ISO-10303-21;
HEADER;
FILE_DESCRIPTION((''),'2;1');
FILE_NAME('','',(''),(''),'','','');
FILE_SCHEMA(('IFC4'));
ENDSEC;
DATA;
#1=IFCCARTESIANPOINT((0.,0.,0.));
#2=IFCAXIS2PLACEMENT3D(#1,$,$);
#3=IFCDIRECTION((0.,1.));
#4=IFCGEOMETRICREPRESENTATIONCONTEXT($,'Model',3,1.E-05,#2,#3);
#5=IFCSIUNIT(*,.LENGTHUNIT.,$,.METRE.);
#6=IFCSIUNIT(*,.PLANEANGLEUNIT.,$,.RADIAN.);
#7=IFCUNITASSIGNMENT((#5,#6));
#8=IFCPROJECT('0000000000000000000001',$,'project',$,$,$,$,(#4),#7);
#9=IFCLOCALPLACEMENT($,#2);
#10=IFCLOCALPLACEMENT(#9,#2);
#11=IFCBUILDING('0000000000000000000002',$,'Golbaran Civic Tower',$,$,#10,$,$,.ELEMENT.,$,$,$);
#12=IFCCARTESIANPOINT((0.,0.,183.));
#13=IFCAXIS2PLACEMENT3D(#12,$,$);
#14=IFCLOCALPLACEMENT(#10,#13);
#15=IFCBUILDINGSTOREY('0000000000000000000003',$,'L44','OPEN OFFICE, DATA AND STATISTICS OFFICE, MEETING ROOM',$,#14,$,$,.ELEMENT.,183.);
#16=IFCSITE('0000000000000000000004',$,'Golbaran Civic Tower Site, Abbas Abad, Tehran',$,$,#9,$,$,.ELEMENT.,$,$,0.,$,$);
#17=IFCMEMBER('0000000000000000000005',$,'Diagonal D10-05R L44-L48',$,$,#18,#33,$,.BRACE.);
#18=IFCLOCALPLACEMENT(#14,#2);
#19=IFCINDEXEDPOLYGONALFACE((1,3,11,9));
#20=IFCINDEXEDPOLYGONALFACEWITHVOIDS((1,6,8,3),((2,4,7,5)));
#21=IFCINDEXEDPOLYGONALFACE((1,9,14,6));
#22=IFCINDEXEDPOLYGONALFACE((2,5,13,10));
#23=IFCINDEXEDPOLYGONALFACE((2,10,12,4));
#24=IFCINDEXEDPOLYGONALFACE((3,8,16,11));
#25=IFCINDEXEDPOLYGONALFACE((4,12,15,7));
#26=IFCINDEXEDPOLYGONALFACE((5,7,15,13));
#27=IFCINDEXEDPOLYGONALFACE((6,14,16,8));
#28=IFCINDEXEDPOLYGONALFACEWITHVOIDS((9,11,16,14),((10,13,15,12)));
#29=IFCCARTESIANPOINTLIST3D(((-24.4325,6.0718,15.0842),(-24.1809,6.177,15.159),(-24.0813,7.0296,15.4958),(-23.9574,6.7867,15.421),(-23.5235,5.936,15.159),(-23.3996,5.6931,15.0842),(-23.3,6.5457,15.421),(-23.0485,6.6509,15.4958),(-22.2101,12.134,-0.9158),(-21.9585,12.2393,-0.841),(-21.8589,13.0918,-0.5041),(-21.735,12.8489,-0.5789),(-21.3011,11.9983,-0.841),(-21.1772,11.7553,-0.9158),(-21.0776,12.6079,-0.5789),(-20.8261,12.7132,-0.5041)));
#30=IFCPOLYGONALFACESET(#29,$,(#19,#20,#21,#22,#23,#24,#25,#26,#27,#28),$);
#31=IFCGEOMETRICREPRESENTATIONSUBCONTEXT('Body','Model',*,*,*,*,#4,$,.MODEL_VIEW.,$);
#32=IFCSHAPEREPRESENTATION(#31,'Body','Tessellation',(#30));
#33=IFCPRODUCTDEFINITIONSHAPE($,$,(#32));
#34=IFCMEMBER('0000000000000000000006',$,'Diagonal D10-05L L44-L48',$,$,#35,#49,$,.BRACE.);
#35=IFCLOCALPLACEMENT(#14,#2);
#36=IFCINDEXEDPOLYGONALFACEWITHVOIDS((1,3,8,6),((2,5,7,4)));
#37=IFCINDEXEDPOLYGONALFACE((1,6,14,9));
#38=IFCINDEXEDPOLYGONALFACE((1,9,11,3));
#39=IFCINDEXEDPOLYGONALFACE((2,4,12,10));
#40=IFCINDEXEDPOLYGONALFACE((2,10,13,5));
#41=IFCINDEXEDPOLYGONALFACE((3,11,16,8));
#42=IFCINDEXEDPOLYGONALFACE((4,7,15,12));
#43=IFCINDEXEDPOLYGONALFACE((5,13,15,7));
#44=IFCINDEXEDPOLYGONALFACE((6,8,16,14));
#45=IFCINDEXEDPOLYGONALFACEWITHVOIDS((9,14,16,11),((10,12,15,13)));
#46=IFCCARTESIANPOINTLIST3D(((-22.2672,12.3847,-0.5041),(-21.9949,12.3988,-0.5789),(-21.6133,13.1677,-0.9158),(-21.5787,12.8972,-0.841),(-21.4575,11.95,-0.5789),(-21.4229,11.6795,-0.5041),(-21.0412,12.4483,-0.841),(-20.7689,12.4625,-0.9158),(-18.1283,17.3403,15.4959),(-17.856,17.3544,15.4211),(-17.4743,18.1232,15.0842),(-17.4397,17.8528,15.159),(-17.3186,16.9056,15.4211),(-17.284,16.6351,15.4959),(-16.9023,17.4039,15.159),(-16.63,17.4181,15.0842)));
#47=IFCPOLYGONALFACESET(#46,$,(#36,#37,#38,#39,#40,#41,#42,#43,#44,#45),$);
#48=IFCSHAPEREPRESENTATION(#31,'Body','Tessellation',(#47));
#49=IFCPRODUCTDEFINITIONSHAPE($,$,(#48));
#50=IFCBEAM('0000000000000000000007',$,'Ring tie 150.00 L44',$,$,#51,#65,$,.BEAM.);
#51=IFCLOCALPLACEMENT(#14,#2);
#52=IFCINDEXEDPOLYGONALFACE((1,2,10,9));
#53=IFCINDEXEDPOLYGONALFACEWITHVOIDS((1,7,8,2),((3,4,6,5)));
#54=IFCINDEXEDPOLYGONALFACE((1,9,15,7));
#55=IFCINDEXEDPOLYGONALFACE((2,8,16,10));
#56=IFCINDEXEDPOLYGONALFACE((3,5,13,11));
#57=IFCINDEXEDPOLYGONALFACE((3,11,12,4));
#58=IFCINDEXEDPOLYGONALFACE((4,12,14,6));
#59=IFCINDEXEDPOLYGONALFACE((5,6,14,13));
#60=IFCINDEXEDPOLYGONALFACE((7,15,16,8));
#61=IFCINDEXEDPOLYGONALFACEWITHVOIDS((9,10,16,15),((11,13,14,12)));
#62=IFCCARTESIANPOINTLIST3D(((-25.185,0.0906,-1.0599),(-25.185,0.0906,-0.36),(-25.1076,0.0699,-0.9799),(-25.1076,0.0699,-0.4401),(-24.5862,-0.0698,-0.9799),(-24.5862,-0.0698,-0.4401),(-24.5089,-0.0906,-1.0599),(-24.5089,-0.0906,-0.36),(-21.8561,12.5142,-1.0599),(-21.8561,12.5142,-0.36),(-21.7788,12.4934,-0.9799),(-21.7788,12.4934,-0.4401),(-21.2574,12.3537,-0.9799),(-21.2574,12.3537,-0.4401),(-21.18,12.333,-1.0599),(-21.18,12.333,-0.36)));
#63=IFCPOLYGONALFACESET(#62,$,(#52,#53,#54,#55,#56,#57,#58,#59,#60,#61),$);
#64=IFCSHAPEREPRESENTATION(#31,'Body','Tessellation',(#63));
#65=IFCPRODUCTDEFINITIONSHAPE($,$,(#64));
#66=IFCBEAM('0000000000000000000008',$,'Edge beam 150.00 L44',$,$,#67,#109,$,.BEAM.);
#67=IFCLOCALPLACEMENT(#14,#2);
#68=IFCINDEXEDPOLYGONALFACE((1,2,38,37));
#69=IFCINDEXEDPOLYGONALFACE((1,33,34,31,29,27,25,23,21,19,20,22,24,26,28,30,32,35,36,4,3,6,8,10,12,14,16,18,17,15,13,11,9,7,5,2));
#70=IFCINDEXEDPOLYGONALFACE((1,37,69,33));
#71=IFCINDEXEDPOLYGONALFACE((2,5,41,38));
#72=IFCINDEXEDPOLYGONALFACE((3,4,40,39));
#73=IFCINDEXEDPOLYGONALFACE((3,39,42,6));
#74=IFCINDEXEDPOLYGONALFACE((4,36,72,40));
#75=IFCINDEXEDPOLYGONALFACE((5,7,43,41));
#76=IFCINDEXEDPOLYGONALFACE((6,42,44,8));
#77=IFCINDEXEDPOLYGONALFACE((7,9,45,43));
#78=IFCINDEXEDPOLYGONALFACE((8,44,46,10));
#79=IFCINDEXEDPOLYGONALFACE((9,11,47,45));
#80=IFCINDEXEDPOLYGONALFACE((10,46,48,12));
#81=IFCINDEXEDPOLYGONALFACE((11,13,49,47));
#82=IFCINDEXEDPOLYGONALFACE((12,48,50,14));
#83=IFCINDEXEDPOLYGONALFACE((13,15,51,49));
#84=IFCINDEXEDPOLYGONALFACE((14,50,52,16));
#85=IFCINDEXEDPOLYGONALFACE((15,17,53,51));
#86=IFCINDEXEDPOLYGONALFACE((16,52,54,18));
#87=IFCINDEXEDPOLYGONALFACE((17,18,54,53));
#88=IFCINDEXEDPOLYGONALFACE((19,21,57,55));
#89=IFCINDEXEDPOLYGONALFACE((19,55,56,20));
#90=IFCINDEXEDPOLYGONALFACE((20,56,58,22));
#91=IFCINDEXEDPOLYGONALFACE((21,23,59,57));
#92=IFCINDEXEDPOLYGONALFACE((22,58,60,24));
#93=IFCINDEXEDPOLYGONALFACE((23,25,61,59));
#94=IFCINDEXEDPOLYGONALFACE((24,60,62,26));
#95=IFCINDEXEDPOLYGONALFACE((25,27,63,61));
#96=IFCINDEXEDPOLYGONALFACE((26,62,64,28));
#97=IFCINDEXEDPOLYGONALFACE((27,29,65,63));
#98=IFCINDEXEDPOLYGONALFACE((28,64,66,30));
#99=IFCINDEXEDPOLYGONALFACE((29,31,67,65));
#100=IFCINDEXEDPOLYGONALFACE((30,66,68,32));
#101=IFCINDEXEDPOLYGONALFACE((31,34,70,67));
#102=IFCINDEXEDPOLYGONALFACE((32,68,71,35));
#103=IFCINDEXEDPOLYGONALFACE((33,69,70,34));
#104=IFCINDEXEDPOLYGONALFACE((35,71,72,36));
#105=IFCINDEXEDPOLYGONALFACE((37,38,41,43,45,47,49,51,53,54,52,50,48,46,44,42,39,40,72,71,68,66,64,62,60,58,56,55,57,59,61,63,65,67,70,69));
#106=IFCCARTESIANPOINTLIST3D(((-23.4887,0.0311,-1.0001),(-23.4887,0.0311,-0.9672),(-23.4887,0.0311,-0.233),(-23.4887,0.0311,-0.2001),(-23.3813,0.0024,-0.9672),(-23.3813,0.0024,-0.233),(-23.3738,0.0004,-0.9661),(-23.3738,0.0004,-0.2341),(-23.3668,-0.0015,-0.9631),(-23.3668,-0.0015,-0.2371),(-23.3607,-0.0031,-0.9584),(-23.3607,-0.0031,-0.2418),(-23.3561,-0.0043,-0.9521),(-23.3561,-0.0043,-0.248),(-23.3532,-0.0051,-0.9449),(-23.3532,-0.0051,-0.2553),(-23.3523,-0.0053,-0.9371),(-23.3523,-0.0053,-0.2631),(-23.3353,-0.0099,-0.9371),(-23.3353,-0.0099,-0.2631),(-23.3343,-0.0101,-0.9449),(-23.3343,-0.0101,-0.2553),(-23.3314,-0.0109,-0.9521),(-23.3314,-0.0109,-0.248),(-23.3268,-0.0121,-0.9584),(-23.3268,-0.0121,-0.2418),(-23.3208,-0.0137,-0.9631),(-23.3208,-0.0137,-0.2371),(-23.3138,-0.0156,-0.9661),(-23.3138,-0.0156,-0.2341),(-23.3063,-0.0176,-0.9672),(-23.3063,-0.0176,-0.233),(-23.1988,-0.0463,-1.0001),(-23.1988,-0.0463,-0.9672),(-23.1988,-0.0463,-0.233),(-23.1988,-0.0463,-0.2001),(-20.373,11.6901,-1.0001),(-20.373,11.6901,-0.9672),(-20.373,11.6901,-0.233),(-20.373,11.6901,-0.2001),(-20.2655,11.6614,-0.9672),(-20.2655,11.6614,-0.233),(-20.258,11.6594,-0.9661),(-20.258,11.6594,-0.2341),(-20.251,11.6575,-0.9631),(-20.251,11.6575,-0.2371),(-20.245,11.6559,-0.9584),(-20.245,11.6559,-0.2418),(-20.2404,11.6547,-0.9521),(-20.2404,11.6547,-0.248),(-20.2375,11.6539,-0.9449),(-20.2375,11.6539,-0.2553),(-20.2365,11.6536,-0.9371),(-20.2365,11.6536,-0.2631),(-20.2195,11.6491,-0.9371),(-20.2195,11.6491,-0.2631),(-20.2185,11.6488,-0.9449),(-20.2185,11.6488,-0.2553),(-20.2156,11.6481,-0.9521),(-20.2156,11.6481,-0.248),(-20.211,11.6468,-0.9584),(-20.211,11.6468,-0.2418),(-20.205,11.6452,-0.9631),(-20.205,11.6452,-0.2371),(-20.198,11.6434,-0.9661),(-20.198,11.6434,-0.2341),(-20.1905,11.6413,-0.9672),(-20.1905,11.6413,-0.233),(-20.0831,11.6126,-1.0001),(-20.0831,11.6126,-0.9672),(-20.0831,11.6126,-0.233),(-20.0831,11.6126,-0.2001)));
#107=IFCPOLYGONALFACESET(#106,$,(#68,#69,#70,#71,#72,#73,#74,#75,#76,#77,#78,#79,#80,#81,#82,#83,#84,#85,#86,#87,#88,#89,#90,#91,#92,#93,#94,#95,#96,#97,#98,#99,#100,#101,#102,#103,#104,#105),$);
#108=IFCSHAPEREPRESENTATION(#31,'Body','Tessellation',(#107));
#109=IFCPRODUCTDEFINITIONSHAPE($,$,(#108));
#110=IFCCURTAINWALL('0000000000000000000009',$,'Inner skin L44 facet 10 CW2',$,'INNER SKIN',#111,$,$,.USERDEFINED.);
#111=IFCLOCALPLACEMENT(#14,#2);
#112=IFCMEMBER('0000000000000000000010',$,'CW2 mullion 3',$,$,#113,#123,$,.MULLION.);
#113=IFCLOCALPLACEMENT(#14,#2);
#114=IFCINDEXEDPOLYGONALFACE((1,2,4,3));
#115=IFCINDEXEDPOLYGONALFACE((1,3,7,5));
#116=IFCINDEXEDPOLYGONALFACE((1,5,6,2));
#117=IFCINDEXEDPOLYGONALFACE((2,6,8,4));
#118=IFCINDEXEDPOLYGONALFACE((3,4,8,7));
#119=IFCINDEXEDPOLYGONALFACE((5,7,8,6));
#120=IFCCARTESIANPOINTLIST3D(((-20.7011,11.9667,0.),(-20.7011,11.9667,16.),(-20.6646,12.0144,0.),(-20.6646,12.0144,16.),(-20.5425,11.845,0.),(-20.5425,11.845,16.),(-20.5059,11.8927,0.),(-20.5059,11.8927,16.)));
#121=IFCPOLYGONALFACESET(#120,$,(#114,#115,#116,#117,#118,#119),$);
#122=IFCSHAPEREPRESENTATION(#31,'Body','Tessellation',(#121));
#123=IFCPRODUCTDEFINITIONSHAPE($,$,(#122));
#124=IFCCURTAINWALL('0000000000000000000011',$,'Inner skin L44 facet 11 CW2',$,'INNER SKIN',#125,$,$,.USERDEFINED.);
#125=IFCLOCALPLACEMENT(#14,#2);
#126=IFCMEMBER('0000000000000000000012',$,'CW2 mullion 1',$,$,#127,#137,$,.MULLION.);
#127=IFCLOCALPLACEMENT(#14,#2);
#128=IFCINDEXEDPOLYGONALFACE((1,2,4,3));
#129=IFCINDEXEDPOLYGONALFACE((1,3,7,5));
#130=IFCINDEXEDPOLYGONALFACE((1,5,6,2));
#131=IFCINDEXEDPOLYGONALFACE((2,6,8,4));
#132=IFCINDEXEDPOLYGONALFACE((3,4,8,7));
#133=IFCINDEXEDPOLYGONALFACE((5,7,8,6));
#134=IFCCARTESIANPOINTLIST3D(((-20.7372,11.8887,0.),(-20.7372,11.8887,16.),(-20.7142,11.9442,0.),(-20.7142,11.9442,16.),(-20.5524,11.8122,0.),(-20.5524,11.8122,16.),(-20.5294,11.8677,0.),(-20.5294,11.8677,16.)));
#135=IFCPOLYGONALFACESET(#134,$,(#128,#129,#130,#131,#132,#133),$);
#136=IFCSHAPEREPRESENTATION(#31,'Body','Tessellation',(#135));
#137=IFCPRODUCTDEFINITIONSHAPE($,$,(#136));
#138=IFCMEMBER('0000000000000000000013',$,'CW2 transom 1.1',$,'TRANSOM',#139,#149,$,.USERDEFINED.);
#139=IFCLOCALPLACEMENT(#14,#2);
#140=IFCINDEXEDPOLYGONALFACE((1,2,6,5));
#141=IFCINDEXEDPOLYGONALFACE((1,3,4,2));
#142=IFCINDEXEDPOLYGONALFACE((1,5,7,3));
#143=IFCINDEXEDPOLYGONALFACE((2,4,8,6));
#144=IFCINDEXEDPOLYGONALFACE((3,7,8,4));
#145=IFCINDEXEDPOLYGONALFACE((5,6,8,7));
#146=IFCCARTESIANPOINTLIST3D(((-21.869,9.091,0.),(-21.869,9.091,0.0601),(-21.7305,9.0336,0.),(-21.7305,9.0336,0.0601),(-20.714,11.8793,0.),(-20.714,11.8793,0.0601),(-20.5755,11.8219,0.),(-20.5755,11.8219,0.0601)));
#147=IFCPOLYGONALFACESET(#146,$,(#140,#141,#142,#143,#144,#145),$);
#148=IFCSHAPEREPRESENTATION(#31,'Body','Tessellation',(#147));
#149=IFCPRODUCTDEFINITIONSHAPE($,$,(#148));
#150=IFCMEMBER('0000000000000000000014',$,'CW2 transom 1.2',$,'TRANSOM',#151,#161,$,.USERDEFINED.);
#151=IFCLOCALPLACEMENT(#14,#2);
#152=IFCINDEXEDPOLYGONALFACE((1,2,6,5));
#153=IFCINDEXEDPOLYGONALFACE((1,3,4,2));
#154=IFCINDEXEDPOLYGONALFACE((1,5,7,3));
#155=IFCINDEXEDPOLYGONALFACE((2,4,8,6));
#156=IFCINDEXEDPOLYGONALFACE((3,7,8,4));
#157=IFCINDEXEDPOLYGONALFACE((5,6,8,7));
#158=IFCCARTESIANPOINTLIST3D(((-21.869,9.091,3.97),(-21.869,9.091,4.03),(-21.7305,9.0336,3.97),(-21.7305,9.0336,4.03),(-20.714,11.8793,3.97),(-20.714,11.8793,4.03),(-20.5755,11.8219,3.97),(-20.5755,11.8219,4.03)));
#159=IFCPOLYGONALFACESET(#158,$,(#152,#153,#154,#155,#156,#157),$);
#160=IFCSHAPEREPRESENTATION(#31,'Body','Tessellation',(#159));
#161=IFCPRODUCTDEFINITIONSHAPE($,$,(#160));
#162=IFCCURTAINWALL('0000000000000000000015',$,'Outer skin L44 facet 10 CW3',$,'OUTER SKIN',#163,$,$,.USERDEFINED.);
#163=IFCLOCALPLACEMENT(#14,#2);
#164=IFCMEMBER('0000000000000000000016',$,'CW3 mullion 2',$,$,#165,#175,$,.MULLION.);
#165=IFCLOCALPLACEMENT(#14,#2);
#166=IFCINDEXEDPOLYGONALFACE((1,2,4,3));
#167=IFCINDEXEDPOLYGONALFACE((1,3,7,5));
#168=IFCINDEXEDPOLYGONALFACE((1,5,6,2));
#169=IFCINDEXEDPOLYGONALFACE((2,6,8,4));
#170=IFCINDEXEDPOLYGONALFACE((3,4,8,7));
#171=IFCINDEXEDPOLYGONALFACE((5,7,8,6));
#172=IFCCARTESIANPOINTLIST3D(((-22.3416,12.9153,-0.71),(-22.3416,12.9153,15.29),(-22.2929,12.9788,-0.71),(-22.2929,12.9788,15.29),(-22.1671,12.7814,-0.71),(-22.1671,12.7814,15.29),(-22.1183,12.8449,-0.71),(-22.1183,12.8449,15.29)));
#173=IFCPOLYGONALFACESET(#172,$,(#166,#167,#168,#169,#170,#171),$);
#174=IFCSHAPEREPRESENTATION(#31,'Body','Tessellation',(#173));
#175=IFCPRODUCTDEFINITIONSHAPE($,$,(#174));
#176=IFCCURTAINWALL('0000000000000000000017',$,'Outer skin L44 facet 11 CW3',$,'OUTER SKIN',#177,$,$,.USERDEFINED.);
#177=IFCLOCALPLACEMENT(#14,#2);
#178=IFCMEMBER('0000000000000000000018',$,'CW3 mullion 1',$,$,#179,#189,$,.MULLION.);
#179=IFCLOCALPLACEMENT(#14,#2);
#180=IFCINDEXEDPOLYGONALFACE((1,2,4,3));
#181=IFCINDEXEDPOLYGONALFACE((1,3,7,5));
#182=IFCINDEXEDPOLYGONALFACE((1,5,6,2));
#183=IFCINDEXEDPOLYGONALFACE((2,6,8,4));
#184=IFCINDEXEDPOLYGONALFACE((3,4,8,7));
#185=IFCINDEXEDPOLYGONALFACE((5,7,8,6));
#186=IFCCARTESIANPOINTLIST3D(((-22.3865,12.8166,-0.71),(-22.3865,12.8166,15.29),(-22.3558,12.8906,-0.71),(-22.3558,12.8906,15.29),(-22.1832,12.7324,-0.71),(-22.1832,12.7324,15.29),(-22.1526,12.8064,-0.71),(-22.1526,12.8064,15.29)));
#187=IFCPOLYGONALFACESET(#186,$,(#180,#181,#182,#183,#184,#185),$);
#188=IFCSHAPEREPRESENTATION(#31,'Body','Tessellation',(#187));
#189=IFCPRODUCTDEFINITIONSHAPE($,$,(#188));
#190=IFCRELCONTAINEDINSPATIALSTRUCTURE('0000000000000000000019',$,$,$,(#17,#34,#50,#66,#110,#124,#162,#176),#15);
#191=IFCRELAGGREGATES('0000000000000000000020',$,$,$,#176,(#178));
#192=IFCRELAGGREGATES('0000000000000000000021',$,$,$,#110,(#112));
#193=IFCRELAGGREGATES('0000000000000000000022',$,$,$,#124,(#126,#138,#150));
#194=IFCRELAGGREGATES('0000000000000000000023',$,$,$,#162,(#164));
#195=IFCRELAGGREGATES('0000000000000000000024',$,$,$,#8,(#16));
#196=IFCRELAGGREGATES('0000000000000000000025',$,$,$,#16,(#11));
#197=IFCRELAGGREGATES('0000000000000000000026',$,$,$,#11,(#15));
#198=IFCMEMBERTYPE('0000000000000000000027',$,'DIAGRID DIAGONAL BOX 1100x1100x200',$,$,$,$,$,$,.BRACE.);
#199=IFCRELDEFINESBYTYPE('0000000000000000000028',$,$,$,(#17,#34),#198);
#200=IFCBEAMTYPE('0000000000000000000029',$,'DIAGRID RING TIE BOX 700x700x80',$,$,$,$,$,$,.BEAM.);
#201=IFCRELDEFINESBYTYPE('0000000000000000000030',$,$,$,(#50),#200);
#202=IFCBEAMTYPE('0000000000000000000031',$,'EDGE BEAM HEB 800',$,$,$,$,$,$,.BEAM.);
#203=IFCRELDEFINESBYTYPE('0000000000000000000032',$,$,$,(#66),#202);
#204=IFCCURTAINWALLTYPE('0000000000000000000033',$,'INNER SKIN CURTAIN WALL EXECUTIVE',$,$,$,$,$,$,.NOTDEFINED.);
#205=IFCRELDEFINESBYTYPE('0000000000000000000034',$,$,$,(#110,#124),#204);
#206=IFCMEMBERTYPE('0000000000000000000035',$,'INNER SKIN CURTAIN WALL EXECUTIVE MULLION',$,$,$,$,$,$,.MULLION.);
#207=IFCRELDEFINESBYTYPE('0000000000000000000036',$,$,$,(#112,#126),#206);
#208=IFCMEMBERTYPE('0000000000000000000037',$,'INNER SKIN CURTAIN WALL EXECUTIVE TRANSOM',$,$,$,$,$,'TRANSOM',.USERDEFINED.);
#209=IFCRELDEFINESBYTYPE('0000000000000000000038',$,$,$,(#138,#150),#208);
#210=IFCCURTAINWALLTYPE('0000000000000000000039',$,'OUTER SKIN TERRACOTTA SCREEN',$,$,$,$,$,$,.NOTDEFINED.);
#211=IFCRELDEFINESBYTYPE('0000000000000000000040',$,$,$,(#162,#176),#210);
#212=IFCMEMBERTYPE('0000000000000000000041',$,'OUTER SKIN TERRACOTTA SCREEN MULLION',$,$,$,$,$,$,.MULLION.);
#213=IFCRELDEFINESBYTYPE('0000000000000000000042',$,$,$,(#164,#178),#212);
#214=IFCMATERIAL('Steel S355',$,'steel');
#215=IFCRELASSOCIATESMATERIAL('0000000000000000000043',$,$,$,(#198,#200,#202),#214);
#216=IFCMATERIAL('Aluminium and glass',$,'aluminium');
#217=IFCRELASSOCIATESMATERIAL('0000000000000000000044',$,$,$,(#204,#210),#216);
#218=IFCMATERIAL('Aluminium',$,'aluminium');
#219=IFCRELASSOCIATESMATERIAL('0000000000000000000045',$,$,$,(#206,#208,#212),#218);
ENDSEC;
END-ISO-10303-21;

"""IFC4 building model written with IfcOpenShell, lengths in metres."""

from ifc_helpers import new_model, si_unit, direction, frame, origin, origin_2d, place, context, subcontext, project, spatial, rectangle, hollow_rectangle, i_section, extrude, material, material_profile, profile_set, type_object, element, aggregate, save


model = new_model("IFC4")

# Units and contexts
model_context = context("Model", 3, precision=1e-05, world=origin(), true_north=direction((0.0, 1.0)))
body_context = subcontext(model_context, "Body", "Model", "MODEL_VIEW")
ifc_project = project(units=[si_unit("LENGTHUNIT", "METRE"), si_unit("PLANEANGLEUNIT", "RADIAN")], contexts=[model_context])

# Site, building, storey
site_placement = place(None, origin())
site = spatial("IfcSite", under=ifc_project, at=site_placement, Name="Golbaran Civic Tower Site, Abbas Abad, Tehran", CompositionType="ELEMENT", RefElevation=0.0)
building_placement = place(site_placement, origin())
building = spatial("IfcBuilding", under=site, at=building_placement, Name="Golbaran Civic Tower", CompositionType="ELEMENT")
storey_placement = place(building_placement, frame((0.0, 0.0, 183.0)))
storey = spatial("IfcBuildingStorey", under=building, at=storey_placement, Name="L44", Description="OPEN OFFICE, DATA AND STATISTICS OFFICE, MEETING ROOM", CompositionType="ELEMENT", Elevation=183.0)

# Members
ifc_material_1 = material(Name="Steel S355", Category="steel")
ifc_material_profile_1 = material_profile(ifc_material_1, hollow_rectangle(XDim=1.1001, YDim=1.1001, WallThickness=0.2, at=origin_2d()), Name="BOX 1100x1100x200")
ifc_profile_set_1 = profile_set([ifc_material_profile_1], Name="Steel S355")
member_type_1 = type_object("IfcMemberType", Name="DIAGRID DIAGONAL BOX 1100x1100x200", PredefinedType="BRACE", material=ifc_profile_set_1)
for number, where, z_axis, x_axis, name in (
    (1, (-21.5181, 12.4236, -0.71), (-0.128808, -0.35136, 0.927337), (0.938897, -0.344198, 0.0), "Diagonal D10-05R L44-L48"),
    (2, (-21.5181, 12.4236, -0.71), (0.239886, 0.287219, 0.92734), (-0.767514, 0.641032, 0.0), "Diagonal D10-05L L44-L48"),
):
    element("IfcMember", number, at=place(storey_placement, frame(where, z_axis=z_axis, x_axis=x_axis)), inside=storey, type_object=member_type_1, Name=name, PredefinedType="BRACE", context=body_context, shape_type="SweptSolid", body=[
        extrude(hollow_rectangle(XDim=1.1001, YDim=1.1001, WallThickness=0.2, at=origin_2d()), origin(), (0.0, 0.0, 1.0), 17.2537),
    ])

# Beams
ifc_material_profile_2 = material_profile(ifc_material_1, hollow_rectangle(XDim=0.7, YDim=0.7, WallThickness=0.0801, at=origin_2d()), Name="BOX 700x700x80")
ifc_profile_set_2 = profile_set([ifc_material_profile_2], Name="Steel S355")
beam_type_1 = type_object("IfcBeamType", Name="DIAGRID RING TIE BOX 700x700x80", PredefinedType="BEAM", material=ifc_profile_set_2)
beam_1_placement = place(storey_placement, frame((-21.5181, 12.4236, -0.71), z_axis=(-0.258817, -0.965926, 0.0), x_axis=(0.965926, -0.258817, 0.0)))
element("IfcBeam", 3, at=beam_1_placement, inside=storey, type_object=beam_type_1, Name="Ring tie 150.00 L44", PredefinedType="BEAM", context=body_context, shape_type="SweptSolid", body=[
    extrude(hollow_rectangle(XDim=0.7, YDim=0.7, WallThickness=0.0801, at=origin_2d()), origin(), (0.0, 0.0, 1.0), 12.8618),
])
ifc_material_profile_3 = material_profile(ifc_material_1, i_section(OverallWidth=0.3, OverallDepth=0.8, WebThickness=0.0176, FlangeThickness=0.033, FilletRadius=0.03, at=origin_2d()), Name="HEB 800")
ifc_profile_set_3 = profile_set([ifc_material_profile_3], Name="Steel S355")
beam_type_2 = type_object("IfcBeamType", Name="EDGE BEAM HEB 800", PredefinedType="BEAM", material=ifc_profile_set_3)
beam_2_placement = place(storey_placement, frame((-20.228, 11.6514, -0.6001), z_axis=(-0.258179, -0.966097, 0.0), x_axis=(0.966097, -0.258179, 0.0)))
element("IfcBeam", 4, at=beam_2_placement, inside=storey, type_object=beam_type_2, Name="Edge beam 150.00 L44", PredefinedType="BEAM", context=body_context, shape_type="SweptSolid", body=[
    extrude(i_section(OverallWidth=0.3, OverallDepth=0.8, WebThickness=0.0176, FlangeThickness=0.033, FilletRadius=0.03, at=origin_2d()), origin(), (0.0, 0.0, 1.0), 12.0681),
])

# Curtain wall, member
ifc_material_2 = material(Name="Aluminium and glass", Category="aluminium")
curtain_wall_type_1 = type_object("IfcCurtainWallType", Name="INNER SKIN CURTAIN WALL EXECUTIVE", PredefinedType="NOTDEFINED", material=ifc_material_2)
curtain_wall_1_placement = place(storey_placement, origin())
curtain_wall_1 = element("IfcCurtainWall", 5, at=curtain_wall_1_placement, inside=storey, type_object=curtain_wall_type_1, Name="Inner skin L44 facet 10 CW2", ObjectType="INNER SKIN", PredefinedType="USERDEFINED")
ifc_material_3 = material(Name="Aluminium", Category="aluminium")
ifc_material_profile_4 = material_profile(ifc_material_3, rectangle(XDim=0.2, YDim=0.0601, at=origin_2d()), Name="INNER SKIN CURTAIN WALL EXECUTIVE MULLION")
ifc_profile_set_4 = profile_set([ifc_material_profile_4], Name="Aluminium")
member_type_2 = type_object("IfcMemberType", Name="INNER SKIN CURTAIN WALL EXECUTIVE MULLION", PredefinedType="MULLION", material=ifc_profile_set_4)
member_1_placement = place(storey_placement, frame((-20.6035, 11.9297, 0.0), z_axis=(0.0, 0.0, 1.0), x_axis=(0.793353, -0.608761, 0.0)))
member_1 = element("IfcMember", 6, at=member_1_placement, type_object=member_type_2, Name="CW2 mullion 3", PredefinedType="MULLION", context=body_context, shape_type="SweptSolid", body=[
    extrude(rectangle(XDim=0.2, YDim=0.0601, at=origin_2d()), origin(), (0.0, 0.0, 1.0), 16.0),
])

# Curtain wall, members
curtain_wall_2_placement = place(storey_placement, origin())
curtain_wall_2 = element("IfcCurtainWall", 7, at=curtain_wall_2_placement, inside=storey, type_object=curtain_wall_type_1, Name="Inner skin L44 facet 11 CW2", ObjectType="INNER SKIN", PredefinedType="USERDEFINED")
member_2_placement = place(storey_placement, frame((-20.6333, 11.8782, 0.0), z_axis=(0.0, 0.0, 1.0), x_axis=(0.92388, -0.382683, 0.0)))
member_2 = element("IfcMember", 8, at=member_2_placement, type_object=member_type_2, Name="CW2 mullion 1", PredefinedType="MULLION", context=body_context, shape_type="SweptSolid", body=[
    extrude(rectangle(XDim=0.2, YDim=0.0601, at=origin_2d()), origin(), (0.0, 0.0, 1.0), 16.0),
])
ifc_material_profile_5 = material_profile(ifc_material_3, rectangle(XDim=0.1499, YDim=0.0601, at=origin_2d()), Name="INNER SKIN CURTAIN WALL EXECUTIVE TRANSOM")
ifc_profile_set_5 = profile_set([ifc_material_profile_5], Name="Aluminium")
member_type_3 = type_object("IfcMemberType", Name="INNER SKIN CURTAIN WALL EXECUTIVE TRANSOM", ElementType="TRANSOM", PredefinedType="USERDEFINED", material=ifc_profile_set_5)
member_3_placement = place(storey_placement, frame((-20.6448, 11.8506, 0.03), z_axis=(-0.382702, -0.923872, 0.0), x_axis=(0.923872, -0.382702, 0.0)))
member_3 = element("IfcMember", 9, at=member_3_placement, type_object=member_type_3, Name="CW2 transom 1.1", ObjectType="TRANSOM", PredefinedType="USERDEFINED", context=body_context, shape_type="SweptSolid", body=[
    extrude(rectangle(XDim=0.1499, YDim=0.0601, at=origin_2d()), origin(), (0.0, 0.0, 1.0), 3.0181),
])
member_4_placement = place(storey_placement, frame((-20.6448, 11.8506, 4.0), z_axis=(-0.382702, -0.923872, 0.0), x_axis=(0.923872, -0.382702, 0.0)))
member_4 = element("IfcMember", 10, at=member_4_placement, type_object=member_type_3, Name="CW2 transom 1.2", ObjectType="TRANSOM", PredefinedType="USERDEFINED", context=body_context, shape_type="SweptSolid", body=[
    extrude(rectangle(XDim=0.1499, YDim=0.0601, at=origin_2d()), origin(), (0.0, 0.0, 1.0), 3.0181),
])

# Curtain wall, member
curtain_wall_type_2 = type_object("IfcCurtainWallType", Name="OUTER SKIN TERRACOTTA SCREEN", PredefinedType="NOTDEFINED", material=ifc_material_2)
curtain_wall_3_placement = place(storey_placement, origin())
curtain_wall_3 = element("IfcCurtainWall", 11, at=curtain_wall_3_placement, inside=storey, type_object=curtain_wall_type_2, Name="Outer skin L44 facet 10 CW3", ObjectType="OUTER SKIN", PredefinedType="USERDEFINED")
ifc_material_profile_6 = material_profile(ifc_material_3, rectangle(XDim=0.22, YDim=0.0801, at=origin_2d()), Name="OUTER SKIN TERRACOTTA SCREEN MULLION")
ifc_profile_set_6 = profile_set([ifc_material_profile_6], Name="Aluminium")
member_type_4 = type_object("IfcMemberType", Name="OUTER SKIN TERRACOTTA SCREEN MULLION", PredefinedType="MULLION", material=ifc_profile_set_6)
member_5_placement = place(storey_placement, frame((-22.23, 12.8801, -0.71), z_axis=(0.0, 0.0, 1.0), x_axis=(0.793353, -0.608761, 0.0)))
member_5 = element("IfcMember", 12, at=member_5_placement, type_object=member_type_4, Name="CW3 mullion 2", PredefinedType="MULLION", context=body_context, shape_type="SweptSolid", body=[
    extrude(rectangle(XDim=0.22, YDim=0.0801, at=origin_2d()), origin(), (0.0, 0.0, 1.0), 16.0),
])

# Curtain wall, member
curtain_wall_4_placement = place(storey_placement, origin())
curtain_wall_4 = element("IfcCurtainWall", 13, at=curtain_wall_4_placement, inside=storey, type_object=curtain_wall_type_2, Name="Outer skin L44 facet 11 CW3", ObjectType="OUTER SKIN", PredefinedType="USERDEFINED")
member_6_placement = place(storey_placement, frame((-22.2695, 12.8115, -0.71), z_axis=(0.0, 0.0, 1.0), x_axis=(0.92388, -0.382683, 0.0)))
member_6 = element("IfcMember", 14, at=member_6_placement, type_object=member_type_4, Name="CW3 mullion 1", PredefinedType="MULLION", context=body_context, shape_type="SweptSolid", body=[
    extrude(rectangle(XDim=0.22, YDim=0.0801, at=origin_2d()), origin(), (0.0, 0.0, 1.0), 16.0),
])
aggregate(curtain_wall_4, [member_6])

aggregate(curtain_wall_1, [member_1])
aggregate(curtain_wall_2, [member_2, member_3, member_4])
aggregate(curtain_wall_3, [member_5])

save(model, "model.ifc")
